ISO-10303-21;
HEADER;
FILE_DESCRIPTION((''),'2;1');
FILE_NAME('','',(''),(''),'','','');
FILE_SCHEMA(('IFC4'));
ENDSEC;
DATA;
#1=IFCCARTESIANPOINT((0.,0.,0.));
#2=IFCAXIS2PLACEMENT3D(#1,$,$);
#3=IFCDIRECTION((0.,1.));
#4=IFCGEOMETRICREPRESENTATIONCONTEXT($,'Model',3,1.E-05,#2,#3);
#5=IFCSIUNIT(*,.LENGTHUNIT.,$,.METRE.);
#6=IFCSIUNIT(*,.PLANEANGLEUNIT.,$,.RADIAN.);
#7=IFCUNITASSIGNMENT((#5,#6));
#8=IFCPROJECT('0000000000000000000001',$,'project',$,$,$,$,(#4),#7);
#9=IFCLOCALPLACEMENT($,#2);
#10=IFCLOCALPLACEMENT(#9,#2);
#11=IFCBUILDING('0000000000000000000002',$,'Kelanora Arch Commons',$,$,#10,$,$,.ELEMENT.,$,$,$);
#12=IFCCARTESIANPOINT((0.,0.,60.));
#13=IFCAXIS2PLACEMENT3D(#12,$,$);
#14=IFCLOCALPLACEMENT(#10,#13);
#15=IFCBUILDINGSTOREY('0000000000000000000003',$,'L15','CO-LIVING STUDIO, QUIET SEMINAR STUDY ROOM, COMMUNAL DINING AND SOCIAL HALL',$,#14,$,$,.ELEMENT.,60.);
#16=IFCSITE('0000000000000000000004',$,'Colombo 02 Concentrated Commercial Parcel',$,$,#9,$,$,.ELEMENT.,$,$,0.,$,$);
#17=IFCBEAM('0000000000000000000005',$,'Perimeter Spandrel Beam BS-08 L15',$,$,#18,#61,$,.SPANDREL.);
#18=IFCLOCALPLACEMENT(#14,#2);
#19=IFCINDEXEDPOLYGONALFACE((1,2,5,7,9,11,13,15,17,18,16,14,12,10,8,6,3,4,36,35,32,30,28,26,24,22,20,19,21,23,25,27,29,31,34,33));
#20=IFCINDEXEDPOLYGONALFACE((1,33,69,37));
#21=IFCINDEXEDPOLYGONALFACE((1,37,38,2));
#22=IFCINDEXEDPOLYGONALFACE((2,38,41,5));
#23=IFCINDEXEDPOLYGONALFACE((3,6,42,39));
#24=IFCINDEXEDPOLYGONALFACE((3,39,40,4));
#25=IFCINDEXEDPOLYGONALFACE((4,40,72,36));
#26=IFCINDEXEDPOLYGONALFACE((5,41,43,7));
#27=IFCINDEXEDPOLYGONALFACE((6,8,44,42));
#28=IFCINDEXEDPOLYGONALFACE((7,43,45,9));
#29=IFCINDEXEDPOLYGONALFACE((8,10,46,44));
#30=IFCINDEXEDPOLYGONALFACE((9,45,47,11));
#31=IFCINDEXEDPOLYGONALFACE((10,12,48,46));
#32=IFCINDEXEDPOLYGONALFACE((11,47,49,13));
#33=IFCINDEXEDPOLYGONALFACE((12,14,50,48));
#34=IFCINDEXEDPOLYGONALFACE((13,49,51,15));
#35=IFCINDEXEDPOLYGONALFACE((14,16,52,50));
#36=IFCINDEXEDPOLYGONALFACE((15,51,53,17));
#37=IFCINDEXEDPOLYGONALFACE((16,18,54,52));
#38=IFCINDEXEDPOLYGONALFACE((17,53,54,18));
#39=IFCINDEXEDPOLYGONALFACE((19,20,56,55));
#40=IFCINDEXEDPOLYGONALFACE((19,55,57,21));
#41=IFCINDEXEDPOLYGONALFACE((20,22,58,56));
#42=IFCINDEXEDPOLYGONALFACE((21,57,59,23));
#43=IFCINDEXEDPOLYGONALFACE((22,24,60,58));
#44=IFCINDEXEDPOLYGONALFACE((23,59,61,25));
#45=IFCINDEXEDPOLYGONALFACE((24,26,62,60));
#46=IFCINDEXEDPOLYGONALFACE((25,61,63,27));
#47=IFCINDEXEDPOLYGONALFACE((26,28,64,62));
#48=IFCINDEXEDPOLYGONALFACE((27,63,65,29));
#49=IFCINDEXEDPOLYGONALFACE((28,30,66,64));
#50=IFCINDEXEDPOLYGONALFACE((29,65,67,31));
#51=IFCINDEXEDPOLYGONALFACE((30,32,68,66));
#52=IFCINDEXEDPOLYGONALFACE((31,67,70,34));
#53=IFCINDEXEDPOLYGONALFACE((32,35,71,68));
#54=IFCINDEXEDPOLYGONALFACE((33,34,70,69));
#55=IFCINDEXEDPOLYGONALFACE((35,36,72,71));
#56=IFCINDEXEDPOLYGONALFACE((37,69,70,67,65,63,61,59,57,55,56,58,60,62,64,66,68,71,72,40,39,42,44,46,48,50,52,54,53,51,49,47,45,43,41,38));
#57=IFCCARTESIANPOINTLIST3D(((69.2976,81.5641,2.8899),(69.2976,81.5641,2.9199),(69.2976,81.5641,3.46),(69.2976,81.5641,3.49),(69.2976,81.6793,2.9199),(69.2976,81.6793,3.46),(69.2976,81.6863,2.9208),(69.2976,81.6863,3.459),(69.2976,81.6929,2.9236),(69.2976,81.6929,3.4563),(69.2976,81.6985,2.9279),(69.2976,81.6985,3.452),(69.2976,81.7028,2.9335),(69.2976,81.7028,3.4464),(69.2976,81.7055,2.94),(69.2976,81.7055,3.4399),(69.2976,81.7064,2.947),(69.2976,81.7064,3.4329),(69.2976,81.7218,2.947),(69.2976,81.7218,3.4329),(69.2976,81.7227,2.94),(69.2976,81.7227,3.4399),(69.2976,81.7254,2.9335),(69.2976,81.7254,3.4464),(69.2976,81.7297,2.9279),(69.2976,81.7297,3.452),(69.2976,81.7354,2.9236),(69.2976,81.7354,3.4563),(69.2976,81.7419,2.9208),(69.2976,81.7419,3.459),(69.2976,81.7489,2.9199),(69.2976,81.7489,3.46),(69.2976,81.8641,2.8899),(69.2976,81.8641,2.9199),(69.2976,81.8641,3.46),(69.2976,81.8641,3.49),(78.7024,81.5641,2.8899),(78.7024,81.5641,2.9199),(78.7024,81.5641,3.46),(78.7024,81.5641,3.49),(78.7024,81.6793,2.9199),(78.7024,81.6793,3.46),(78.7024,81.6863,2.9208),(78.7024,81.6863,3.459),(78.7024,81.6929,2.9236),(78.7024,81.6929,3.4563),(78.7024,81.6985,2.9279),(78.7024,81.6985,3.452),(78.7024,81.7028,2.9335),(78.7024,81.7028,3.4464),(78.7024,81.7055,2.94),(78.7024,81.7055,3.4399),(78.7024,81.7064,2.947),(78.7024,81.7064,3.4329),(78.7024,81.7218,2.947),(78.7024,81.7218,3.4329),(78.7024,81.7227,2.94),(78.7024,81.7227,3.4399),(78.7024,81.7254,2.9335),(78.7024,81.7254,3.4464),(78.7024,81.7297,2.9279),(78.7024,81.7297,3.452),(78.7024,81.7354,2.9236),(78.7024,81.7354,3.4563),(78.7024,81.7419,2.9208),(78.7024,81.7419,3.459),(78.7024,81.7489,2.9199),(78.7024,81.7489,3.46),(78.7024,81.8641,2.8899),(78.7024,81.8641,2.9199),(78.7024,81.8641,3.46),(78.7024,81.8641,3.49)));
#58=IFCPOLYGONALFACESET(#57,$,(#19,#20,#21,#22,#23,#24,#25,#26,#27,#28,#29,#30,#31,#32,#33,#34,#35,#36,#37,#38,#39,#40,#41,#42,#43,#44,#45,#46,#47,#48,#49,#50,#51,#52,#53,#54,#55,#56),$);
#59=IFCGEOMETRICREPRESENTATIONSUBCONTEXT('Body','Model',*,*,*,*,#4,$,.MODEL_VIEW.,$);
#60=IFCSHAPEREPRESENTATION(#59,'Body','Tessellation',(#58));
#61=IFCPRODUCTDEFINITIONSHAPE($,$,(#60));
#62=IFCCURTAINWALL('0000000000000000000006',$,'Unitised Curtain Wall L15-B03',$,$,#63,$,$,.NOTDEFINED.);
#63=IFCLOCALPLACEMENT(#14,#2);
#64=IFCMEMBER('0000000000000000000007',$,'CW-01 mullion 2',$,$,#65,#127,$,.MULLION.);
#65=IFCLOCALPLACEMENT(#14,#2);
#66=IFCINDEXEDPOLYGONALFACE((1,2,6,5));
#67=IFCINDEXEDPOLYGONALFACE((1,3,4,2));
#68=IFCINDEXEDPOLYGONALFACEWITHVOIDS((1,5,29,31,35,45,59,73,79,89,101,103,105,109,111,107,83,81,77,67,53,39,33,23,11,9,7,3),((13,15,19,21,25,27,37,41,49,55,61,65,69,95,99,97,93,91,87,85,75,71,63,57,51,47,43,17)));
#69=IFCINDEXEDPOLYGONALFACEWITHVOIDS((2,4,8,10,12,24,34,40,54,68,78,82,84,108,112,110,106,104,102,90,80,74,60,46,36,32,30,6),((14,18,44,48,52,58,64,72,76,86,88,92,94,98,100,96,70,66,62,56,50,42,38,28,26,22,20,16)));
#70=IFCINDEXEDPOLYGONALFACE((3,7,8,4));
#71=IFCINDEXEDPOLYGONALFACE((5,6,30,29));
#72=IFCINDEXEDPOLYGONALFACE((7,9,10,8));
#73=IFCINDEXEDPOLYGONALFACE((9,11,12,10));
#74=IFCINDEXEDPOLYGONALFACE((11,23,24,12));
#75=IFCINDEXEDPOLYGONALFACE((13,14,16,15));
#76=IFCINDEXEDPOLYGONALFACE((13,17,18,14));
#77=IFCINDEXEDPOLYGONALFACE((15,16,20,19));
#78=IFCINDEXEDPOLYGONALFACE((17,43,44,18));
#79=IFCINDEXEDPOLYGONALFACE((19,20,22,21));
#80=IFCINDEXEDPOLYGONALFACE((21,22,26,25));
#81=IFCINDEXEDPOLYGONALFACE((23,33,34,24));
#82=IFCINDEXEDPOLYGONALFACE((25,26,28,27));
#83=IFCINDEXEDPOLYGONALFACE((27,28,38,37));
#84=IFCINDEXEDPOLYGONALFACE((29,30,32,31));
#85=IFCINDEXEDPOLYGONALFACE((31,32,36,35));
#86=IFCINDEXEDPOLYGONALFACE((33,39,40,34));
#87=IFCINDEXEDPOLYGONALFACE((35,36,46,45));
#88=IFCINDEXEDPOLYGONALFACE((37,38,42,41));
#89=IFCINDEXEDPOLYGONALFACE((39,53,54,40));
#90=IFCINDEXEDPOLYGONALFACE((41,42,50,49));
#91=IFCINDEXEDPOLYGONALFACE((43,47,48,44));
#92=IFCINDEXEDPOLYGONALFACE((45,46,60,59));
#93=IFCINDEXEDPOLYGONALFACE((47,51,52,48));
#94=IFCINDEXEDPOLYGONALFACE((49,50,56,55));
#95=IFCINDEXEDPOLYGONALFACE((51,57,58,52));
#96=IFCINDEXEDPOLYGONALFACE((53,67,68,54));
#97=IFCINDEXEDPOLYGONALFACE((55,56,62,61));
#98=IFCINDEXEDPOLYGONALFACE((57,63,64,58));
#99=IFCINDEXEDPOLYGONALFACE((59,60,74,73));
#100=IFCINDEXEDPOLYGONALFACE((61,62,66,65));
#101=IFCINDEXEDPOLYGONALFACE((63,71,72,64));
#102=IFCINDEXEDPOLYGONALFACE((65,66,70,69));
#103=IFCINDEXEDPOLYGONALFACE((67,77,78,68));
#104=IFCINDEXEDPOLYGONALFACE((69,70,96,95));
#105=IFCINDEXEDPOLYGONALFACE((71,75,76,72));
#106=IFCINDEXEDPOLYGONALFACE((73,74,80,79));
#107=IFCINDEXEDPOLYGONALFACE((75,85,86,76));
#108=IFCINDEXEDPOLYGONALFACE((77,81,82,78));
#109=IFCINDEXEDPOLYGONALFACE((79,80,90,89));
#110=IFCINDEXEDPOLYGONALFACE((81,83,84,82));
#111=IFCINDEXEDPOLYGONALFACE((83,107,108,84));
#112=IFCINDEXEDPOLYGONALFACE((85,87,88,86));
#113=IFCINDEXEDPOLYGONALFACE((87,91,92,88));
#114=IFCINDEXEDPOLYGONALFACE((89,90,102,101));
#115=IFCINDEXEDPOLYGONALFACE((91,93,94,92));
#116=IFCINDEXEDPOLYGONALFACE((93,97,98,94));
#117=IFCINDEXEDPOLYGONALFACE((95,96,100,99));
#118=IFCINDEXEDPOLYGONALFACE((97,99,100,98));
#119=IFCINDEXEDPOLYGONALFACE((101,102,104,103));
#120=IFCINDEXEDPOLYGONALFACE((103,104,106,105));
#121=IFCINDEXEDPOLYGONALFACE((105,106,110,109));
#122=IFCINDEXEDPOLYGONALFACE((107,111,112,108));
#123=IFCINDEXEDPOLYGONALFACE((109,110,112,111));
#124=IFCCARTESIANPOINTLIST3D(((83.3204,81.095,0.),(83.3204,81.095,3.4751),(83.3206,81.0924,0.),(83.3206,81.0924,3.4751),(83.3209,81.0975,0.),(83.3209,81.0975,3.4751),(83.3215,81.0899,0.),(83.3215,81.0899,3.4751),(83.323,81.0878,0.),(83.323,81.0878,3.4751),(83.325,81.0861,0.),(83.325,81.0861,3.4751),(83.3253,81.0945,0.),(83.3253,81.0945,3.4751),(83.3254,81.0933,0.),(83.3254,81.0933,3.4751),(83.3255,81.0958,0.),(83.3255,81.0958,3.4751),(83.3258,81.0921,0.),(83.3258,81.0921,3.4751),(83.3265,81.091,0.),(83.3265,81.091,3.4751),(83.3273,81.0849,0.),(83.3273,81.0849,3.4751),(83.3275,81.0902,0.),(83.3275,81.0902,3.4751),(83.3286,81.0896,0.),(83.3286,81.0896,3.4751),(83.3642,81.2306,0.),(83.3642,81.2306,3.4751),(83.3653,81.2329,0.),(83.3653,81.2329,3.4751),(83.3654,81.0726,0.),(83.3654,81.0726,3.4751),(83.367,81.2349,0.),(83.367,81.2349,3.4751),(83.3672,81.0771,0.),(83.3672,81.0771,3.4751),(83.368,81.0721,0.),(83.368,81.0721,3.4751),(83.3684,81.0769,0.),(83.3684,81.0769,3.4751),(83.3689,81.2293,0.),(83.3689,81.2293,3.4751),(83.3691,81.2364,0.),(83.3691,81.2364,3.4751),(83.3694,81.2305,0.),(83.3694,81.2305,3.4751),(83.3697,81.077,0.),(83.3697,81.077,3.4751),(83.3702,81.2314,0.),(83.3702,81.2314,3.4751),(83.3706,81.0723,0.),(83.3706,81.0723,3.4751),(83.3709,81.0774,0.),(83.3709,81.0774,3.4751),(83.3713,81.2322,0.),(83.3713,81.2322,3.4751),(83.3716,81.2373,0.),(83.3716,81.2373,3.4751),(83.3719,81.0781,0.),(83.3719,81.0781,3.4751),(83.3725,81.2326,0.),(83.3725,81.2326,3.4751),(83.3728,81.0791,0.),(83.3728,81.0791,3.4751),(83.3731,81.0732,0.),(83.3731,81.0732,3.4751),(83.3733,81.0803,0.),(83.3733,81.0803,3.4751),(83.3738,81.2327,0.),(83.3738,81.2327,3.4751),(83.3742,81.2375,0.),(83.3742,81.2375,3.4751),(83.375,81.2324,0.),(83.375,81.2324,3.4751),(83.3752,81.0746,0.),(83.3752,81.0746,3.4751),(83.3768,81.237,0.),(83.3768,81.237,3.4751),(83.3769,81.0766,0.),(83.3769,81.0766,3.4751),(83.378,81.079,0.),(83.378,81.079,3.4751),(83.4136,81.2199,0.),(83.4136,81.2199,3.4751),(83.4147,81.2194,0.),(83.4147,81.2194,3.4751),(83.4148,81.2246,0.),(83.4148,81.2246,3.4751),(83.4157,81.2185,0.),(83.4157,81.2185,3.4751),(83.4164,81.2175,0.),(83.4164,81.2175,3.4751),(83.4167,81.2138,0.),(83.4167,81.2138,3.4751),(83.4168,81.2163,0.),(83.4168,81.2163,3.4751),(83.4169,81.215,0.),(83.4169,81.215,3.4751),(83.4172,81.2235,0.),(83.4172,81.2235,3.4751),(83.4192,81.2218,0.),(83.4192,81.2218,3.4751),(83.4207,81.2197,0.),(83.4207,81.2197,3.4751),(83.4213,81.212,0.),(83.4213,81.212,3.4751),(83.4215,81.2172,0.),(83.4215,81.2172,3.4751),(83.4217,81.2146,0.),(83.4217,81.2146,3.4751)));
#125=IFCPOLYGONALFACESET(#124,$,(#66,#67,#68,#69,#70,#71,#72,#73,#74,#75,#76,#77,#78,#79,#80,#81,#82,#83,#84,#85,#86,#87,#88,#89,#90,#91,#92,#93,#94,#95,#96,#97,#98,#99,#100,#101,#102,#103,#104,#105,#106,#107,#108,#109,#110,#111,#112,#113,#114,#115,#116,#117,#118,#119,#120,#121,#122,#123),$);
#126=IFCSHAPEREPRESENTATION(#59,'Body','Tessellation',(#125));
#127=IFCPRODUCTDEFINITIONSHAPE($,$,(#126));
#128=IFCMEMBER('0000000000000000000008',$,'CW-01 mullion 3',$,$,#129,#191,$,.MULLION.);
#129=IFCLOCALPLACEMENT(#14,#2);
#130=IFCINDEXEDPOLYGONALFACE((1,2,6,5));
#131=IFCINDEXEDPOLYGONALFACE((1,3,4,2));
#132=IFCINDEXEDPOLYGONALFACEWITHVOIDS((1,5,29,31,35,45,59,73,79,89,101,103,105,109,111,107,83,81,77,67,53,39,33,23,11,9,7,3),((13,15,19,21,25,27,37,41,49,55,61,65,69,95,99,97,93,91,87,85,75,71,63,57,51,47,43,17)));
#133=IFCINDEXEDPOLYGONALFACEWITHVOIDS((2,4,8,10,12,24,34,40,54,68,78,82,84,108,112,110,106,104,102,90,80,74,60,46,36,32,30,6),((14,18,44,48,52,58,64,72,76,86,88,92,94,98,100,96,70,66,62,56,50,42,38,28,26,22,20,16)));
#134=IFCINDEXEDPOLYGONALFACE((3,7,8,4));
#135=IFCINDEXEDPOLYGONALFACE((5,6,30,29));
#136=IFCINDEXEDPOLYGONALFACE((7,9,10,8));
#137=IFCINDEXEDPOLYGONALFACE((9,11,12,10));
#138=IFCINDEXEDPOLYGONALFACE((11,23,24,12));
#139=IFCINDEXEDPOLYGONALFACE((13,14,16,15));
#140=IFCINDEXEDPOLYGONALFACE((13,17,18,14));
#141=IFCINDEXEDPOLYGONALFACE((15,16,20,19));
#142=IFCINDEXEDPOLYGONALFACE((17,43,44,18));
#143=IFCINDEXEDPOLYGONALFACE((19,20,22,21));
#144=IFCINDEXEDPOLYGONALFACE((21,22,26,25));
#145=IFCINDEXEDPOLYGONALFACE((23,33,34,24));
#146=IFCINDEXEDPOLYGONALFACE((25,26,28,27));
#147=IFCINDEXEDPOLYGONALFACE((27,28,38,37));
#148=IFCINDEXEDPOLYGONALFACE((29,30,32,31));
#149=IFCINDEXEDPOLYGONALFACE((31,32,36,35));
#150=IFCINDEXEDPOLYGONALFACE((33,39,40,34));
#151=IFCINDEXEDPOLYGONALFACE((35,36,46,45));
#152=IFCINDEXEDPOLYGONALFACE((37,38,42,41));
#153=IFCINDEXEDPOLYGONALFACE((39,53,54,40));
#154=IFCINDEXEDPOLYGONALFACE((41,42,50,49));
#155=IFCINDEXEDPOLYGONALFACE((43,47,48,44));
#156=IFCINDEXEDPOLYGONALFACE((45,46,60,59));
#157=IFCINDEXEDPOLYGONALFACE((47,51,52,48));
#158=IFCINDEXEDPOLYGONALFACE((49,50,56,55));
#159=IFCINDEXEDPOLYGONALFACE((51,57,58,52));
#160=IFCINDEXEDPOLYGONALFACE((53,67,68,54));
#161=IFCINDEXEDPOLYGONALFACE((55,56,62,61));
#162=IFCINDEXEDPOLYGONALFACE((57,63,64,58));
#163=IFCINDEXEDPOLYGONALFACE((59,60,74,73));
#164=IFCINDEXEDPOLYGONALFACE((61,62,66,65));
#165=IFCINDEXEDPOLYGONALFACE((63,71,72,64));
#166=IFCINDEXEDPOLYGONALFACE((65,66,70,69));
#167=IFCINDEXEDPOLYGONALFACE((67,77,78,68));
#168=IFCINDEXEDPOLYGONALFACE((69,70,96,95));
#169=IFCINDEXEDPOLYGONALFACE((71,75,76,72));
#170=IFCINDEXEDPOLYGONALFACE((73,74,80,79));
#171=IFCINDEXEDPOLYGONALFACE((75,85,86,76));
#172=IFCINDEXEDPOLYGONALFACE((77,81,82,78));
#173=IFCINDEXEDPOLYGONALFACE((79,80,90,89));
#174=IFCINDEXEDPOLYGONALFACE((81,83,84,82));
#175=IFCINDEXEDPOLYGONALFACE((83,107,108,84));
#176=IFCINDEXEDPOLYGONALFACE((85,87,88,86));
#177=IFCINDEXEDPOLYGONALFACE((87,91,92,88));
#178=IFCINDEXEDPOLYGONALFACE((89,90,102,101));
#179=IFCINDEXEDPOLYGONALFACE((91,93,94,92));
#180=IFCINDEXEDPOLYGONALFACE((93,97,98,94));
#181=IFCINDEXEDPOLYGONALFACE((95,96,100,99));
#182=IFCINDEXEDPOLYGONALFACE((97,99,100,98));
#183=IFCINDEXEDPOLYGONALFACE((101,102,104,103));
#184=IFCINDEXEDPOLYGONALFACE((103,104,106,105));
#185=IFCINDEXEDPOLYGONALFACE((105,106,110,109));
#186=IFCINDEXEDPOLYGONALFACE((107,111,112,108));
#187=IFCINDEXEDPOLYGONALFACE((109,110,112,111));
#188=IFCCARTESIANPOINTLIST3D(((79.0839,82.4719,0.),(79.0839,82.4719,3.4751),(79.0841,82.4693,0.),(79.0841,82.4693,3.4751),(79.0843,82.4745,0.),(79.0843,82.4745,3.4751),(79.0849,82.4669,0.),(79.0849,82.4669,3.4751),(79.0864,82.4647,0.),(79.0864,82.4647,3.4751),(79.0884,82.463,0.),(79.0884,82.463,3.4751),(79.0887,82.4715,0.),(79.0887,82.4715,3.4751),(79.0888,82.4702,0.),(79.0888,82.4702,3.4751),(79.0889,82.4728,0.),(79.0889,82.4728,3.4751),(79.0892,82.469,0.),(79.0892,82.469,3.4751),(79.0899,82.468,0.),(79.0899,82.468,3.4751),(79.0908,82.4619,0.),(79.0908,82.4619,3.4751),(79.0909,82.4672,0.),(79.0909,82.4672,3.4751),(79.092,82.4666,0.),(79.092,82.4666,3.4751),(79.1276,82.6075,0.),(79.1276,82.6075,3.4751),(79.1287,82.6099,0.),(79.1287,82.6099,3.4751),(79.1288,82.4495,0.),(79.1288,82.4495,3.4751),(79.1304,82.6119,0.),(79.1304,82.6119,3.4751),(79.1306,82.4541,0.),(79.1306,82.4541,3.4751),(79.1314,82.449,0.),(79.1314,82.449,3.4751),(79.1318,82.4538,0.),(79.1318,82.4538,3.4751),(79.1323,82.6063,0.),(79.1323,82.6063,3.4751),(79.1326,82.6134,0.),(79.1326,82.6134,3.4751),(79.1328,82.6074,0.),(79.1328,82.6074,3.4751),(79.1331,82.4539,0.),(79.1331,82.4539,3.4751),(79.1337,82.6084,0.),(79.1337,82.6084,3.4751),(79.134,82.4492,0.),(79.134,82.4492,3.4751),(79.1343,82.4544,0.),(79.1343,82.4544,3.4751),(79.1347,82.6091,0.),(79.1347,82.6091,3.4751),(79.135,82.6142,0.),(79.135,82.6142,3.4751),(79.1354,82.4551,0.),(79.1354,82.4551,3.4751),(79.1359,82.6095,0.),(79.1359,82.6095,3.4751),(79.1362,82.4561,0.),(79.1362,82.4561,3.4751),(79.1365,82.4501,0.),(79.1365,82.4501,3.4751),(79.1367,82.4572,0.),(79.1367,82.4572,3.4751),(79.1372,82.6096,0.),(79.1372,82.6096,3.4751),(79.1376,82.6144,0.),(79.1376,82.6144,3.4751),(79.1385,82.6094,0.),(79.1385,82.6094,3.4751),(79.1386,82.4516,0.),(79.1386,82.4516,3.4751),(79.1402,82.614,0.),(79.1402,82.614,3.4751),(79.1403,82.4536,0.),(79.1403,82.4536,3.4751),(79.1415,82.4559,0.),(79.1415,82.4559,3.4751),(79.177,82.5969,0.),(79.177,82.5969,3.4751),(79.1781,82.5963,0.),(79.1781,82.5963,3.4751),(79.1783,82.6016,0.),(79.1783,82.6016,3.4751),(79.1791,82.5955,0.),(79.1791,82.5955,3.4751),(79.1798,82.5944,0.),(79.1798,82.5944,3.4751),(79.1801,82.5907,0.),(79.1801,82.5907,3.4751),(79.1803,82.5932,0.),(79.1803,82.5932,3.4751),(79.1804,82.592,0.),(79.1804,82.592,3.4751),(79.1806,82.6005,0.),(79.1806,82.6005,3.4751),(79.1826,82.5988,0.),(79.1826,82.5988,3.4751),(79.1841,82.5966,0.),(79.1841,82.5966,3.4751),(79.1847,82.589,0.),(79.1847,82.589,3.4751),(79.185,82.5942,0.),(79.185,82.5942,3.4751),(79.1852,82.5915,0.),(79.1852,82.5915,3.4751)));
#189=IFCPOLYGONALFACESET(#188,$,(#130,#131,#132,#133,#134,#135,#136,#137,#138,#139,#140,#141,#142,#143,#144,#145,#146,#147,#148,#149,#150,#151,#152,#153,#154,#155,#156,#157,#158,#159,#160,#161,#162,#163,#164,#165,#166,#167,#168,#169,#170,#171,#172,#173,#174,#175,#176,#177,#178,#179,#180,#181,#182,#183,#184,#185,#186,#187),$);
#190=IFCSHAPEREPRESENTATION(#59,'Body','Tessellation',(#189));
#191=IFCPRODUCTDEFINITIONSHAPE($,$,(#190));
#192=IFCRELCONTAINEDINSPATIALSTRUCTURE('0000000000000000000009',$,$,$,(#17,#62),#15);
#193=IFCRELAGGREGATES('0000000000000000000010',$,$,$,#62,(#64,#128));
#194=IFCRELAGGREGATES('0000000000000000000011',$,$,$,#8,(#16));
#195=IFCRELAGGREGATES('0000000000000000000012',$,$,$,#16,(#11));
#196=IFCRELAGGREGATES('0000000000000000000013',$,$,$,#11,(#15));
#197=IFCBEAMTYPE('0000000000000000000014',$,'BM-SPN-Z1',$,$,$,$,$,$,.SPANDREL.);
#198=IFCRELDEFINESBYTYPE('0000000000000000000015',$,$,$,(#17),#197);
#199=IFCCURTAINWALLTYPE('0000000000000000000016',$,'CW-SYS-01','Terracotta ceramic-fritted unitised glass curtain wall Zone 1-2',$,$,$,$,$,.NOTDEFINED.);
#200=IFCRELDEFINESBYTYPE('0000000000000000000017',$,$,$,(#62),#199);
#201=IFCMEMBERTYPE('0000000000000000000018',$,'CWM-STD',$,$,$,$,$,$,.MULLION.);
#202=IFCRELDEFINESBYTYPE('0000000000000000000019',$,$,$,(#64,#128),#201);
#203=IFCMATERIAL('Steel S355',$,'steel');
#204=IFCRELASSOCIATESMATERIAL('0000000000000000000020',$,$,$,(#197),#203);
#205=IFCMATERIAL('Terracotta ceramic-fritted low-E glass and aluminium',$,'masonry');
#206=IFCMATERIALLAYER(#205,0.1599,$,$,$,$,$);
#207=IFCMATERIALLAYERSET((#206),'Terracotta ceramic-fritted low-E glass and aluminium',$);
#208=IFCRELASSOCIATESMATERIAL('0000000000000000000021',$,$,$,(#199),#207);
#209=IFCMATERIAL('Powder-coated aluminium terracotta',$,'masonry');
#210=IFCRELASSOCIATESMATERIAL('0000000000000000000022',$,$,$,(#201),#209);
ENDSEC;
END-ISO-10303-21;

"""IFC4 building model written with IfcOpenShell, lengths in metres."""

from ifc_helpers import new_model, si_unit, direction, frame, origin, origin_2d, place, context, subcontext, project, spatial, hollow_rectangle, i_section, extrude, material, layer, layer_set, material_profile, profile_set, type_object, element, aggregate, save


model = new_model("IFC4")

# Units and contexts
model_context = context("Model", 3, precision=1e-05, world=origin(), true_north=direction((0.0, 1.0)))
body_context = subcontext(model_context, "Body", "Model", "MODEL_VIEW")
ifc_project = project(units=[si_unit("LENGTHUNIT", "METRE"), si_unit("PLANEANGLEUNIT", "RADIAN")], contexts=[model_context])

# Site, building, storey
site_placement = place(None, origin())
site = spatial("IfcSite", under=ifc_project, at=site_placement, Name="Colombo 02 Concentrated Commercial Parcel", CompositionType="ELEMENT", RefElevation=0.0)
building_placement = place(site_placement, origin())
building = spatial("IfcBuilding", under=site, at=building_placement, Name="Kelanora Arch Commons", CompositionType="ELEMENT")
storey_placement = place(building_placement, frame((0.0, 0.0, 60.0)))
storey = spatial("IfcBuildingStorey", under=building, at=storey_placement, Name="L15", Description="CO-LIVING STUDIO, QUIET SEMINAR STUDY ROOM, COMMUNAL DINING AND SOCIAL HALL", CompositionType="ELEMENT", Elevation=60.0)

# Beam
ifc_material_1 = material(Name="Steel S355", Category="steel")
ifc_material_profile_1 = material_profile(ifc_material_1, i_section(OverallWidth=0.3, OverallDepth=0.6001, WebThickness=0.0154, FlangeThickness=0.03, FilletRadius=0.0271, at=origin_2d()), Name="HEB600")
ifc_profile_set_1 = profile_set([ifc_material_profile_1], Name="Steel S355")
beam_type_1 = type_object("IfcBeamType", Name="BM-SPN-Z1", PredefinedType="SPANDREL", material=ifc_profile_set_1)
beam_1_placement = place(storey_placement, frame((78.7024, 81.7141, 3.1899), z_axis=(-1.0, 0.0, 0.0), x_axis=(0.0, -1.0, 0.0)))
element("IfcBeam", 1, at=beam_1_placement, inside=storey, type_object=beam_type_1, Name="Perimeter Spandrel Beam BS-08 L15", PredefinedType="SPANDREL", context=body_context, shape_type="SweptSolid", body=[
    extrude(i_section(OverallWidth=0.3, OverallDepth=0.6001, WebThickness=0.0154, FlangeThickness=0.03, FilletRadius=0.0271, at=origin_2d()), origin(), (0.0, 0.0, 1.0), 9.4048),
])

# Curtain wall, members
ifc_material_2 = material(Name="Terracotta ceramic-fritted low-E glass and aluminium", Category="masonry")
ifc_layer_1 = layer(ifc_material_2, 0.1599)
ifc_layer_set_1 = layer_set([ifc_layer_1], Name="Terracotta ceramic-fritted low-E glass and aluminium")
curtain_wall_type = type_object("IfcCurtainWallType", Name="CW-SYS-01", Description="Terracotta ceramic-fritted unitised glass curtain wall Zone 1-2", PredefinedType="NOTDEFINED", material=ifc_layer_set_1)
curtain_wall_placement = place(storey_placement, origin())
curtain_wall = element("IfcCurtainWall", 2, at=curtain_wall_placement, inside=storey, type_object=curtain_wall_type, Name="Unitised Curtain Wall L15-B03", PredefinedType="NOTDEFINED")
ifc_material_3 = material(Name="Powder-coated aluminium terracotta", Category="masonry")
ifc_material_profile_2 = material_profile(ifc_material_3, hollow_rectangle(XDim=0.1599, YDim=0.0601, WallThickness=0.0049, InnerFilletRadius=0.0049, OuterFilletRadius=0.01, at=origin_2d()), Name="CWM160x60")
ifc_profile_set_2 = profile_set([ifc_material_profile_2], Name="Powder-coated aluminium terracotta")
member_type_1 = type_object("IfcMemberType", Name="CWM-STD", PredefinedType="MULLION", material=ifc_profile_set_2)
member_1_placement = place(storey_placement, frame((83.3711, 81.1548, 0.0), z_axis=(0.0, 0.0, 1.0), x_axis=(-0.309058, -0.951043, 0.0)))
member_1 = element("IfcMember", 3, at=member_1_placement, type_object=member_type_1, Name="CW-01 mullion 2", PredefinedType="MULLION", context=body_context, shape_type="SweptSolid", body=[
    extrude(hollow_rectangle(XDim=0.1599, YDim=0.0601, WallThickness=0.0049, InnerFilletRadius=0.0049, OuterFilletRadius=0.01, at=origin_2d()), origin(), (0.0, 0.0, 1.0), 3.4751),
])
member_2_placement = place(storey_placement, frame((79.1345, 82.5317, 0.0), z_axis=(0.0, 0.0, 1.0), x_axis=(-0.309058, -0.951043, 0.0)))
member_2 = element("IfcMember", 4, at=member_2_placement, type_object=member_type_1, Name="CW-01 mullion 3", PredefinedType="MULLION", context=body_context, shape_type="SweptSolid", body=[
    extrude(hollow_rectangle(XDim=0.1599, YDim=0.0601, WallThickness=0.0049, InnerFilletRadius=0.0049, OuterFilletRadius=0.01, at=origin_2d()), origin(), (0.0, 0.0, 1.0), 3.4751),
])
aggregate(curtain_wall, [member_1, member_2])

save(model, "model.ifc")
